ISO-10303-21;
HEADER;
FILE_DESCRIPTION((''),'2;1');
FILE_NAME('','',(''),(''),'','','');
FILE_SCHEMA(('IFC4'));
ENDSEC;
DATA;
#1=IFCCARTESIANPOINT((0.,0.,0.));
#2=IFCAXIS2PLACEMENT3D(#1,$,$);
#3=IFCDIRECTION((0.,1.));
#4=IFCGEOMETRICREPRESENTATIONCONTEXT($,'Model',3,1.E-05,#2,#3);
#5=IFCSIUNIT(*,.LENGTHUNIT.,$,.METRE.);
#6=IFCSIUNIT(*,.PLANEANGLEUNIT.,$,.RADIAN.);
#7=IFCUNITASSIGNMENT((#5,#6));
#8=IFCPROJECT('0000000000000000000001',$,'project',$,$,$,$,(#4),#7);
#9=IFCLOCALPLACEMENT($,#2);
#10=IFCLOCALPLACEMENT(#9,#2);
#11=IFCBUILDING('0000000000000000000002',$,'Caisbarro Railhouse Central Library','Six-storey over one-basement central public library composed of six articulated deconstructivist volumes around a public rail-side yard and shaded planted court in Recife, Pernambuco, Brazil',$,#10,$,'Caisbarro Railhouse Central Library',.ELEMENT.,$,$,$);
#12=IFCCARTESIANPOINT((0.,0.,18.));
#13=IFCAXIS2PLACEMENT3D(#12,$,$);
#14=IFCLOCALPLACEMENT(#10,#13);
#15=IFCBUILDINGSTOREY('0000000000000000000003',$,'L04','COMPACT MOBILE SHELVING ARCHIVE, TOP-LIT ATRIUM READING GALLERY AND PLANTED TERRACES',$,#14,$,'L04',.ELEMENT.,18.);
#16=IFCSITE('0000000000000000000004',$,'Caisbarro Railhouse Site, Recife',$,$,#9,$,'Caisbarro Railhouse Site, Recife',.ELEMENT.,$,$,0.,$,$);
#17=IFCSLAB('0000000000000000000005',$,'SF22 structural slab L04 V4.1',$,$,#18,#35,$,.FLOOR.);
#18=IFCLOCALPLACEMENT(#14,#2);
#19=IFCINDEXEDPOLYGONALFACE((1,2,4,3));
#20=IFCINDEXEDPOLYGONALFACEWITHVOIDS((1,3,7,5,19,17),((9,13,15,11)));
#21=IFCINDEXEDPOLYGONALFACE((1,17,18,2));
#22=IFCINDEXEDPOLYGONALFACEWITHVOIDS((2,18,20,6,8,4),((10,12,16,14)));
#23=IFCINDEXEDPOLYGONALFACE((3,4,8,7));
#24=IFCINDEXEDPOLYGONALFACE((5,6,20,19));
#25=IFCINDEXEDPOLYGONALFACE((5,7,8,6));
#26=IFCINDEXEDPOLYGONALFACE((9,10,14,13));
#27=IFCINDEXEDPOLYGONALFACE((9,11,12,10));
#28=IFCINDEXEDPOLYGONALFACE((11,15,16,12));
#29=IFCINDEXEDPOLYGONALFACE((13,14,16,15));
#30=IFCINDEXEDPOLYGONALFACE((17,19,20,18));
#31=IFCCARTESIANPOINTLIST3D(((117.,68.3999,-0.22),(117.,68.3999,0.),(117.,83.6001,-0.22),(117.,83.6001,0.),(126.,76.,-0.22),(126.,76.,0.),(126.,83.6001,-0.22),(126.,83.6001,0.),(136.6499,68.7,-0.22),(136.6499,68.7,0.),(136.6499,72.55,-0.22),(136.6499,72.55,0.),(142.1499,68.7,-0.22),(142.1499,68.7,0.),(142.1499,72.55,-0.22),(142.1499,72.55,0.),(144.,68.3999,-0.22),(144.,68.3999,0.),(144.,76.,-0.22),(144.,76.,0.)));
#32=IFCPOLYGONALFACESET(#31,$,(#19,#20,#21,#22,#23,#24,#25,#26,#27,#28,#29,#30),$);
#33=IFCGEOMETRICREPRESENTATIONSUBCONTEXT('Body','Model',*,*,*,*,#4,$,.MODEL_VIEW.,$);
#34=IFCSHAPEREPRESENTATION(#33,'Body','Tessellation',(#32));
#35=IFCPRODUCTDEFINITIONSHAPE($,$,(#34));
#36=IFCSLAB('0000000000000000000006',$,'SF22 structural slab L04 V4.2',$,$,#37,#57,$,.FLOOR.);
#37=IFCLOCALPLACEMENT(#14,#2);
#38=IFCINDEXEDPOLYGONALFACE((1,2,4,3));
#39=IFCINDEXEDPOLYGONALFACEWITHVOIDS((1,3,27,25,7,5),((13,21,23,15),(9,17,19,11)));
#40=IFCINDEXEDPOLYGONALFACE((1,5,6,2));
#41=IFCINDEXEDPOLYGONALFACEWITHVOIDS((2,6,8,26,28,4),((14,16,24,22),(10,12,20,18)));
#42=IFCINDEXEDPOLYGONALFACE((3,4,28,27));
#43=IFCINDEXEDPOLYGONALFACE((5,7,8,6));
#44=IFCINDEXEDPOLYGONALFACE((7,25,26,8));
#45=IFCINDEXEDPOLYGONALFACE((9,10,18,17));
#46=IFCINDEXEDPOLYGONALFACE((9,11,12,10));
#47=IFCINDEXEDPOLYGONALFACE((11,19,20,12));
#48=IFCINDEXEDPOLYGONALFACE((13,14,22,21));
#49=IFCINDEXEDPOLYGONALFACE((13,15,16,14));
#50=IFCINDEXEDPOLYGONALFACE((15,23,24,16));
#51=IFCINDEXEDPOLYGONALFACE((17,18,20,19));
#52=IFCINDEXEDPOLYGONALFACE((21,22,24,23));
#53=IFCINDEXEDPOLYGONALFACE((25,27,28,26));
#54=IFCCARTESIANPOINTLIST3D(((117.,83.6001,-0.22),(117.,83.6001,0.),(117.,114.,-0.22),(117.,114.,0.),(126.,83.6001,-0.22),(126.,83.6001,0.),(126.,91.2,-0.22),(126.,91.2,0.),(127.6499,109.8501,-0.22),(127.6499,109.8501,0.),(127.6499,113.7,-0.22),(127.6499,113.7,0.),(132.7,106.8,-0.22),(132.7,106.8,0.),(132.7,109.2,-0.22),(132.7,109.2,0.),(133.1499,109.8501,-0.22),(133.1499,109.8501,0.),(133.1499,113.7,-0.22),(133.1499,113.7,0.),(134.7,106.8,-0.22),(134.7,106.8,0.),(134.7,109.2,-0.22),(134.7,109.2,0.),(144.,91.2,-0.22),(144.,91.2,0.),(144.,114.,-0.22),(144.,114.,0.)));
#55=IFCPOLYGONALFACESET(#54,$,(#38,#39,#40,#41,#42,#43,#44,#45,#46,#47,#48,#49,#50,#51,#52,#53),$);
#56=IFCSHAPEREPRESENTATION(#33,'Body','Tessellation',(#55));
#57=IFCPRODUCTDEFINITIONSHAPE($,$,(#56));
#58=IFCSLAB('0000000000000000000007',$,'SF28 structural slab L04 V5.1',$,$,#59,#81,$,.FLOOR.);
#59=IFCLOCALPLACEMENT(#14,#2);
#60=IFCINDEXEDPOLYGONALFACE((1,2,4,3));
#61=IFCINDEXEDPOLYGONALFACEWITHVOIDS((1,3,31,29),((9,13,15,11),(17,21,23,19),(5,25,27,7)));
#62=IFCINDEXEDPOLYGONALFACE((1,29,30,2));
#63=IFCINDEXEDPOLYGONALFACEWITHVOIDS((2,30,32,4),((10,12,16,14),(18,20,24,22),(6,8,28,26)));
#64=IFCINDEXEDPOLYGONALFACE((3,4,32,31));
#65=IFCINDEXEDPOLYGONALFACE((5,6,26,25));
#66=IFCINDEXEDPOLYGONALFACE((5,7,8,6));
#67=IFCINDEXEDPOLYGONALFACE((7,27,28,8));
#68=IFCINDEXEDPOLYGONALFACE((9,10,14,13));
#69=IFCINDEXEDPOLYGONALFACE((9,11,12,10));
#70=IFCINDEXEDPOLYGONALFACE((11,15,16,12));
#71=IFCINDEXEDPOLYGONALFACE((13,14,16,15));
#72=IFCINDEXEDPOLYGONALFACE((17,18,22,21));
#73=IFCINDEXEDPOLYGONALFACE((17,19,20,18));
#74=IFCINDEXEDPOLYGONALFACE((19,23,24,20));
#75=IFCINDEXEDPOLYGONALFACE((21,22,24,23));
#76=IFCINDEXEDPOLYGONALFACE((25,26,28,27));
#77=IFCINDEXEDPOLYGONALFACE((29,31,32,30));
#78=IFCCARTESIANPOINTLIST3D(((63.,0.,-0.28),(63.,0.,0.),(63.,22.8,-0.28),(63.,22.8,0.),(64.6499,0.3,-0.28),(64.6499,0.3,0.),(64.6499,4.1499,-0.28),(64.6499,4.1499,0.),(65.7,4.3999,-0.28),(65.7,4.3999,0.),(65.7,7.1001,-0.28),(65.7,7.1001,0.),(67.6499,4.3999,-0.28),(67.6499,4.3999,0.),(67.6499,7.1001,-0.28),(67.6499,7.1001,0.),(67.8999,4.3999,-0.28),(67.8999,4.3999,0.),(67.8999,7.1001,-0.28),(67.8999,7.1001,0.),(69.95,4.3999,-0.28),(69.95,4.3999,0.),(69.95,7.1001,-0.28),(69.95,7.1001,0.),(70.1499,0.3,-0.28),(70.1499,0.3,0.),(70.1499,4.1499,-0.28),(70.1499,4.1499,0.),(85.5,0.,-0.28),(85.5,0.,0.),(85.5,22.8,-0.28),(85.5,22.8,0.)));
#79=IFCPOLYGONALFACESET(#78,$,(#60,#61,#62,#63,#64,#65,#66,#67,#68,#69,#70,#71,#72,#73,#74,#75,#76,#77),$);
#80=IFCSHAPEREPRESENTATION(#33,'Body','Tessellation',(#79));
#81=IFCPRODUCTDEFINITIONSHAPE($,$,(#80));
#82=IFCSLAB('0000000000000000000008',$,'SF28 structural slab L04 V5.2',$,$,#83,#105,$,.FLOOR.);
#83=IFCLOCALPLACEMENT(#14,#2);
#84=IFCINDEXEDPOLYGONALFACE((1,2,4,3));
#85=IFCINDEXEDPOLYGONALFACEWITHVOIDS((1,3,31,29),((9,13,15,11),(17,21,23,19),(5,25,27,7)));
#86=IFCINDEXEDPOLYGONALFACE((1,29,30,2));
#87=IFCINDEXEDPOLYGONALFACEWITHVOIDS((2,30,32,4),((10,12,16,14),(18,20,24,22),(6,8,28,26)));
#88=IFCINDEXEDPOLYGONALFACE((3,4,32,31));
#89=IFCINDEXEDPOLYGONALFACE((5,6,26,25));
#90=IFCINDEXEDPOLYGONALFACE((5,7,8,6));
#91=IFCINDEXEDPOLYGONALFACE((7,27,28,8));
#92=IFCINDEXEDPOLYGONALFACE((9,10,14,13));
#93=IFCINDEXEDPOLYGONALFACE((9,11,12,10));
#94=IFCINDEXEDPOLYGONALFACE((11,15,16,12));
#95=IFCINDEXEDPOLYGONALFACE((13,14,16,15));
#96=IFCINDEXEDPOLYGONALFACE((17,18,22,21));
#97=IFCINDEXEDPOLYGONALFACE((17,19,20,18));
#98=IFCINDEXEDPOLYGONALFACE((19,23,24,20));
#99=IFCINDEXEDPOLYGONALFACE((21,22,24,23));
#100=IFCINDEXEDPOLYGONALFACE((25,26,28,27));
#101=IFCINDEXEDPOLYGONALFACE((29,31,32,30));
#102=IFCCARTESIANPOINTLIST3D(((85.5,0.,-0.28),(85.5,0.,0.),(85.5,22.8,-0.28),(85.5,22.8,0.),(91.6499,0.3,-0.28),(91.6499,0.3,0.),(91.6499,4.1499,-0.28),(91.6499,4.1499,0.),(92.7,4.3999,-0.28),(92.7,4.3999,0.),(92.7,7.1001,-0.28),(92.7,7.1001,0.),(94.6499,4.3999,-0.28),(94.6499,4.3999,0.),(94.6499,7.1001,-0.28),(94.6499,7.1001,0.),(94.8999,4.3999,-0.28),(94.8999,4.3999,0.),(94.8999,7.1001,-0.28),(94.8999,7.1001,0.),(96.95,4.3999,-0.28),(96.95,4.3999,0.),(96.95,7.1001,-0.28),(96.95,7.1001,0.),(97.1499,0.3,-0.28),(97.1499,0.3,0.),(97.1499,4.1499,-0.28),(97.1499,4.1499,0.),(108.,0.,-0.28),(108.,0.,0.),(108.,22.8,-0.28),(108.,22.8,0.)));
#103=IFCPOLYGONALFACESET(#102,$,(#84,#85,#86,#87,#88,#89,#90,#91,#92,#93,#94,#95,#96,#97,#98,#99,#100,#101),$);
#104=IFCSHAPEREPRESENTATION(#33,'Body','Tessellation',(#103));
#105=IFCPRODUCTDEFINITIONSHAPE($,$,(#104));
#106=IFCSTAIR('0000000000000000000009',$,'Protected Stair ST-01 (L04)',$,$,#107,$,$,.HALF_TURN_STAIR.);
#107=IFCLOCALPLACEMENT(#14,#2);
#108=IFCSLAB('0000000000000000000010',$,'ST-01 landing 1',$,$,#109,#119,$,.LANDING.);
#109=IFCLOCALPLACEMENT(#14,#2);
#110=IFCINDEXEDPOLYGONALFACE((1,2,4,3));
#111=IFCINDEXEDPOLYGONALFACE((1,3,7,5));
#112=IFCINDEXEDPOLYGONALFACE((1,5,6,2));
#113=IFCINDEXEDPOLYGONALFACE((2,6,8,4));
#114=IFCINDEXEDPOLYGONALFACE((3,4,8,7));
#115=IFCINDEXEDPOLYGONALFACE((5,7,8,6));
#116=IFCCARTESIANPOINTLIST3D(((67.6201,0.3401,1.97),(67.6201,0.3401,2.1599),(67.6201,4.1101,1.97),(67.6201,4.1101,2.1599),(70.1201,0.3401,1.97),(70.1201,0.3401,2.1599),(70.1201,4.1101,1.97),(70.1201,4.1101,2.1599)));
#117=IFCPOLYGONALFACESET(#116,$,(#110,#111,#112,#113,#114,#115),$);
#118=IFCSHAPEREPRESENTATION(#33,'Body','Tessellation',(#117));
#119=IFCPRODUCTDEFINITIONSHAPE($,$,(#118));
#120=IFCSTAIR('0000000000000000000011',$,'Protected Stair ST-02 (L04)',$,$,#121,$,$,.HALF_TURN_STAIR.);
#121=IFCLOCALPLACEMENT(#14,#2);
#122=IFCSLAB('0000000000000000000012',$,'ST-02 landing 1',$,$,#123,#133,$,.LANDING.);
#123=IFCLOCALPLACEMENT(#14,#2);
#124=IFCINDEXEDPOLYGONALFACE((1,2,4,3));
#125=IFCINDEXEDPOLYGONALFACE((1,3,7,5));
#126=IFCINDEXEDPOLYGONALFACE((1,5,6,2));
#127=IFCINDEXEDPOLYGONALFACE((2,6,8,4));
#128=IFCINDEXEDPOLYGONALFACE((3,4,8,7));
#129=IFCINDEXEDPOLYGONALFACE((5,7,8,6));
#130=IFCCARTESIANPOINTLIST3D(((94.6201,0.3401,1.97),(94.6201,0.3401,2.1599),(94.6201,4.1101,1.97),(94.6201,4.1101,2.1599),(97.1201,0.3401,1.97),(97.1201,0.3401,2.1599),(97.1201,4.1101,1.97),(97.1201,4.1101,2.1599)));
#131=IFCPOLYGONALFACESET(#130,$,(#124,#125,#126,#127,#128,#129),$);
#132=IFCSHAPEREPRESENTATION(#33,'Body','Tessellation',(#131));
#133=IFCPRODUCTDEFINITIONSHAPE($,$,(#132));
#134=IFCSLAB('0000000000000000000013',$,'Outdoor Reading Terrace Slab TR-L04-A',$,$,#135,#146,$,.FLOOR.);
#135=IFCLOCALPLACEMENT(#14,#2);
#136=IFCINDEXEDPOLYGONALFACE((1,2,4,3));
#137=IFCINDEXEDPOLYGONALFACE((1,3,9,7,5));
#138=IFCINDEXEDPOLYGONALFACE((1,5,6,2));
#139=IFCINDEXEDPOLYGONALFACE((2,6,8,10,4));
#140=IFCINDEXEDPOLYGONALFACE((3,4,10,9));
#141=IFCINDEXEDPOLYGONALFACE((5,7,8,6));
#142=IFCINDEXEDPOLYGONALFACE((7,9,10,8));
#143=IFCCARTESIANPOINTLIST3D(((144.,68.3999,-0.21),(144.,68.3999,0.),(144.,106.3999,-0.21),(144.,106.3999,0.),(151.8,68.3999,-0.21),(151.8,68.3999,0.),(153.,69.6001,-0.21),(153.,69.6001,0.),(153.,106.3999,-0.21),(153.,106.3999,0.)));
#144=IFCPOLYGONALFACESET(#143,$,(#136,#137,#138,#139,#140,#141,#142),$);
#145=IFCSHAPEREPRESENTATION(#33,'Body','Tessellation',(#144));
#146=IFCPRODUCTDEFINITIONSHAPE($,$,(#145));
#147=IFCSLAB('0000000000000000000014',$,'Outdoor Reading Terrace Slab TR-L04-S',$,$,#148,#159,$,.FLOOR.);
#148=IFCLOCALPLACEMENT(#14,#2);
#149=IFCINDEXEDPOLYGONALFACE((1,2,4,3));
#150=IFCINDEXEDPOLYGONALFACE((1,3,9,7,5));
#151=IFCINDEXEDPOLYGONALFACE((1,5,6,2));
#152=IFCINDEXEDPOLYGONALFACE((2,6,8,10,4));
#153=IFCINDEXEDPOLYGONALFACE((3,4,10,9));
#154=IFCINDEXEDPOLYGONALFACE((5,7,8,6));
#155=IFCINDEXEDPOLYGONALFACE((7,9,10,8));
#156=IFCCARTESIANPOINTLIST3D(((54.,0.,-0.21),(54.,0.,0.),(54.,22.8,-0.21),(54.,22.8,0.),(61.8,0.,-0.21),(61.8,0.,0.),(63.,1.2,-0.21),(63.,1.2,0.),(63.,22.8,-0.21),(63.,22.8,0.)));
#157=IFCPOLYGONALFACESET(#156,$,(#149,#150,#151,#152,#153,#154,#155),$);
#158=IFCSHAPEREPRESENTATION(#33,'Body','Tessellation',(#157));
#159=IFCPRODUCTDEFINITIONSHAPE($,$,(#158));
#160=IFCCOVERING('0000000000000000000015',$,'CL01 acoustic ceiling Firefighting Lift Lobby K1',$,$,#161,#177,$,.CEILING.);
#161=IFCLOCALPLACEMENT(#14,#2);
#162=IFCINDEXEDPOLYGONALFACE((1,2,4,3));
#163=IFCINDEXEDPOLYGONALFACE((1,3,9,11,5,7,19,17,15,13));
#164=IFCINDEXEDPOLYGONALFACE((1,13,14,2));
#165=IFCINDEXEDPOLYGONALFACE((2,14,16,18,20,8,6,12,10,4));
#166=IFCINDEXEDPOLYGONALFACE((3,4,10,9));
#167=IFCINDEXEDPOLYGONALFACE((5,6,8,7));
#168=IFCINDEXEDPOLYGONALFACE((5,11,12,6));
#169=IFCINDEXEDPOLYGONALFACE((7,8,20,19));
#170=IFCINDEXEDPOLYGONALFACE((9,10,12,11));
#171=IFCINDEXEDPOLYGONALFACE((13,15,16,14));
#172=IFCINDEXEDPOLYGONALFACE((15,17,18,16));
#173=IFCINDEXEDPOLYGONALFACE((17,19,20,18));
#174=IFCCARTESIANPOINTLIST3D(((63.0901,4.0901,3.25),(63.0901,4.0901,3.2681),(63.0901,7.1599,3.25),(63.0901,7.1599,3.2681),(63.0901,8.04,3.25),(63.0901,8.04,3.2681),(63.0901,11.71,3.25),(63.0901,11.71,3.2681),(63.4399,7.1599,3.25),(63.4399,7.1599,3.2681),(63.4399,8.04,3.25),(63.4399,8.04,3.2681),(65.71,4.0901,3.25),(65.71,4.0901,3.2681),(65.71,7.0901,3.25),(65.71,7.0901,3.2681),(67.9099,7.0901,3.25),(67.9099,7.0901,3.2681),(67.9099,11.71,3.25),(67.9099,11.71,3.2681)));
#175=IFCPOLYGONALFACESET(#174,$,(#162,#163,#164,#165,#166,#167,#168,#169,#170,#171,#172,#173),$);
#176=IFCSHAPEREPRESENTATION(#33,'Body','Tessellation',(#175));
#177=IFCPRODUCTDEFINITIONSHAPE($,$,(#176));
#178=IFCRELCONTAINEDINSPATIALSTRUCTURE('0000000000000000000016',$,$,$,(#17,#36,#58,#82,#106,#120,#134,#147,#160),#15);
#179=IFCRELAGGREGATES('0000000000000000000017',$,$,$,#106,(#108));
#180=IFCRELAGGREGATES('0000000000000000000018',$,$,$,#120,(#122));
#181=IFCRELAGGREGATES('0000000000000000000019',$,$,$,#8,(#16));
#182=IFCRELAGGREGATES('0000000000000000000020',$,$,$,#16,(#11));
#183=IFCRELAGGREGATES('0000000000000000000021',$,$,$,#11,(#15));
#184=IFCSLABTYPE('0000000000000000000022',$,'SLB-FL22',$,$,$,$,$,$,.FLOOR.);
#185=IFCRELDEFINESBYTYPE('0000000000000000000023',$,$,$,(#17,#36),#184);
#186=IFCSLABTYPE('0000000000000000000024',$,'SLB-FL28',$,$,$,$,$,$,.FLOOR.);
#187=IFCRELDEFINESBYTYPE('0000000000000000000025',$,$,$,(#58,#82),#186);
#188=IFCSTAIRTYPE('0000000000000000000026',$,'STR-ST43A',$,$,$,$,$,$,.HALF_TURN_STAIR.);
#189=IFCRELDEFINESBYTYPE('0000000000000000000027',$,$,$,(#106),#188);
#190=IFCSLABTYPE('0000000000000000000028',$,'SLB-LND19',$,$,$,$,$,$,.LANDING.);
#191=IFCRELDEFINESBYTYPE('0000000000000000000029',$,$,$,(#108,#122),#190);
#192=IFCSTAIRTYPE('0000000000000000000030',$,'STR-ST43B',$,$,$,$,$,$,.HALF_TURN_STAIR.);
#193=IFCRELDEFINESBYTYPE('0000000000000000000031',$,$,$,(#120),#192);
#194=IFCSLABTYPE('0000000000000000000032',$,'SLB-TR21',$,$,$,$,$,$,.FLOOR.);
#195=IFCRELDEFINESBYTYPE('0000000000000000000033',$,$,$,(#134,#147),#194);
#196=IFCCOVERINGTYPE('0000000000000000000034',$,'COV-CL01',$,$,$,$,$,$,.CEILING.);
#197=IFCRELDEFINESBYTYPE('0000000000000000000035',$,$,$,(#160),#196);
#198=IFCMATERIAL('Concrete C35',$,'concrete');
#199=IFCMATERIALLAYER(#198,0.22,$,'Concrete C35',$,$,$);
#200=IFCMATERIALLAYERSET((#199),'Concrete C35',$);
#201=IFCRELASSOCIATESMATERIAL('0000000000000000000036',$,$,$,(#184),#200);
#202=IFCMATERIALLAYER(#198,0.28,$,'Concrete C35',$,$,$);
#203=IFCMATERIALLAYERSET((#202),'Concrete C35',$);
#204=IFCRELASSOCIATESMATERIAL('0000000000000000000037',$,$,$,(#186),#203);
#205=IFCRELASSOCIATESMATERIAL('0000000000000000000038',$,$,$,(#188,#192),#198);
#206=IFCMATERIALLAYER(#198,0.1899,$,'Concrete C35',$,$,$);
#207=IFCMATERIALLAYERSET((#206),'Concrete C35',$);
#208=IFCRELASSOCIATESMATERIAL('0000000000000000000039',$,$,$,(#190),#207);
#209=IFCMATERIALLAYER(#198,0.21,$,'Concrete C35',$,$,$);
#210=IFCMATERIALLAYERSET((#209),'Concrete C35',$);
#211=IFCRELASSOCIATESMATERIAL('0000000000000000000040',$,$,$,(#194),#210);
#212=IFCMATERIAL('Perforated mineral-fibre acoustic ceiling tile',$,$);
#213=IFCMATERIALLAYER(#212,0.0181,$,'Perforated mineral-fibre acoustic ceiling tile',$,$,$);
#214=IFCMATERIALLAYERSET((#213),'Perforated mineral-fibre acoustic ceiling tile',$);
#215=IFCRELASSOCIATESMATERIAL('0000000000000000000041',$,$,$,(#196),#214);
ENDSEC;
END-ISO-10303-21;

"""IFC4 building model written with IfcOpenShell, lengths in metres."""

from ifc_helpers import new_model, si_unit, direction, frame, origin, place, context, subcontext, project, spatial, polyline, outline, extrude, material, layer, layer_set, type_object, element, aggregate, save


model = new_model("IFC4")

# Units and contexts
model_context = context("Model", 3, precision=1e-05, world=origin(), true_north=direction((0.0, 1.0)))
body_context = subcontext(model_context, "Body", "Model", "MODEL_VIEW")
ifc_project = project(units=[si_unit("LENGTHUNIT", "METRE"), si_unit("PLANEANGLEUNIT", "RADIAN")], contexts=[model_context])

# Site, building, storey
site_placement = place(None, origin())
site = spatial("IfcSite", under=ifc_project, at=site_placement, Name="Caisbarro Railhouse Site, Recife", LongName="Caisbarro Railhouse Site, Recife", CompositionType="ELEMENT", RefElevation=0.0)
building_placement = place(site_placement, origin())
building = spatial("IfcBuilding", under=site, at=building_placement, Name="Caisbarro Railhouse Central Library", Description="Six-storey over one-basement central public library composed of six articulated deconstructivist volumes around a public rail-side yard and shaded planted court in Recife, Pernambuco, Brazil", LongName="Caisbarro Railhouse Central Library", CompositionType="ELEMENT")
storey_placement = place(building_placement, frame((0.0, 0.0, 18.0)))
storey = spatial("IfcBuildingStorey", under=building, at=storey_placement, Name="L04", Description="COMPACT MOBILE SHELVING ARCHIVE, TOP-LIT ATRIUM READING GALLERY AND PLANTED TERRACES", LongName="L04", CompositionType="ELEMENT", Elevation=18.0)

# Slabs
ifc_material_1 = material(Name="Concrete C35", Category="concrete")
ifc_layer_1 = layer(ifc_material_1, 0.22, Name="Concrete C35")
ifc_layer_set_1 = layer_set([ifc_layer_1], Name="Concrete C35")
slab_type_1 = type_object("IfcSlabType", Name="SLB-FL22", PredefinedType="FLOOR", material=ifc_layer_set_1)
slab_1_placement = place(storey_placement, frame((0.0, 0.0, -0.22)))
element("IfcSlab", 1, at=slab_1_placement, inside=storey, type_object=slab_type_1, Name="SF22 structural slab L04 V4.1", PredefinedType="FLOOR", context=body_context, shape_type="SweptSolid", body=[
    extrude(outline(polyline([(117.0, 68.3999), (144.0, 68.3999), (144.0, 83.6001), (144.0, 83.6001), (144.0, 76.0), (126.0, 76.0), (126.0, 83.6001), (117.0, 83.6001), (117.0, 68.3999)]), holes=[polyline([(136.6499, 68.7), (142.1499, 68.7), (142.1499, 72.55), (136.6499, 72.55), (136.6499, 68.7)])]), origin(), (0.0, 0.0, 1.0), 0.22),
])
slab_2_placement = place(storey_placement, frame((0.0, 0.0, -0.22)))
element("IfcSlab", 2, at=slab_2_placement, inside=storey, type_object=slab_type_1, Name="SF22 structural slab L04 V4.2", PredefinedType="FLOOR", context=body_context, shape_type="SweptSolid", body=[
    extrude(outline(polyline([(117.0, 83.6001), (126.0, 83.6001), (126.0, 91.2), (144.0, 91.2), (144.0, 83.6001), (144.0, 83.6001), (144.0, 114.0), (117.0, 114.0), (117.0, 83.6001)]), holes=[polyline([(127.6499, 109.8501), (133.1499, 109.8501), (133.1499, 113.7), (127.6499, 113.7), (127.6499, 109.8501)]), polyline([(132.7, 106.8), (134.7, 106.8), (134.7, 109.2), (132.7, 109.2), (132.7, 106.8)])]), origin(), (0.0, 0.0, 1.0), 0.22),
])
ifc_layer_2 = layer(ifc_material_1, 0.28, Name="Concrete C35")
ifc_layer_set_2 = layer_set([ifc_layer_2], Name="Concrete C35")
slab_type_2 = type_object("IfcSlabType", Name="SLB-FL28", PredefinedType="FLOOR", material=ifc_layer_set_2)
slab_3_placement = place(storey_placement, frame((0.0, 0.0, -0.28)))
element("IfcSlab", 3, at=slab_3_placement, inside=storey, type_object=slab_type_2, Name="SF28 structural slab L04 V5.1", PredefinedType="FLOOR", context=body_context, shape_type="SweptSolid", body=[
    extrude(outline(polyline([(63.0, 0.0), (85.5, 0.0), (85.5, 22.8), (63.0, 22.8), (63.0, 0.0)]), holes=[polyline([(64.6499, 0.3), (70.1499, 0.3), (70.1499, 4.1499), (64.6499, 4.1499), (64.6499, 0.3)]), polyline([(65.7, 4.3999), (67.6499, 4.3999), (67.6499, 7.1001), (65.7, 7.1001), (65.7, 4.3999)]), polyline([(67.8999, 4.3999), (69.95, 4.3999), (69.95, 7.1001), (67.8999, 7.1001), (67.8999, 4.3999)])]), origin(), (0.0, 0.0, 1.0), 0.28),
])
slab_4_placement = place(storey_placement, frame((0.0, 0.0, -0.28)))
element("IfcSlab", 4, at=slab_4_placement, inside=storey, type_object=slab_type_2, Name="SF28 structural slab L04 V5.2", PredefinedType="FLOOR", context=body_context, shape_type="SweptSolid", body=[
    extrude(outline(polyline([(85.5, 0.0), (108.0, 0.0), (108.0, 22.8), (85.5, 22.8), (85.5, 0.0)]), holes=[polyline([(91.6499, 0.3), (97.1499, 0.3), (97.1499, 4.1499), (91.6499, 4.1499), (91.6499, 0.3)]), polyline([(92.7, 4.3999), (94.6499, 4.3999), (94.6499, 7.1001), (92.7, 7.1001), (92.7, 4.3999)]), polyline([(94.8999, 4.3999), (96.95, 4.3999), (96.95, 7.1001), (94.8999, 7.1001), (94.8999, 4.3999)])]), origin(), (0.0, 0.0, 1.0), 0.28),
])

# Stairs, slabs
stair_type_1 = type_object("IfcStairType", Name="STR-ST43A", PredefinedType="HALF_TURN_STAIR", material=ifc_material_1)
stair_1_placement = place(storey_placement, origin())
stair_1 = element("IfcStair", 5, at=stair_1_placement, inside=storey, type_object=stair_type_1, Name="Protected Stair ST-01 (L04)", PredefinedType="HALF_TURN_STAIR")
ifc_layer_3 = layer(ifc_material_1, 0.1899, Name="Concrete C35")
ifc_layer_set_3 = layer_set([ifc_layer_3], Name="Concrete C35")
slab_type_3 = type_object("IfcSlabType", Name="SLB-LND19", PredefinedType="LANDING", material=ifc_layer_set_3)
slab_5_placement = place(storey_placement, frame((0.0, 0.0, 1.97)))
slab_5 = element("IfcSlab", 6, at=slab_5_placement, type_object=slab_type_3, Name="ST-01 landing 1", PredefinedType="LANDING", context=body_context, shape_type="SweptSolid", body=[
    extrude(outline(polyline([(67.6201, 0.3401), (70.1201, 0.3401), (70.1201, 4.1101), (67.6201, 4.1101), (67.6201, 0.3401)])), origin(), (0.0, 0.0, 1.0), 0.1899),
])
aggregate(stair_1, [slab_5])
stair_type_2 = type_object("IfcStairType", Name="STR-ST43B", PredefinedType="HALF_TURN_STAIR", material=ifc_material_1)
stair_2_placement = place(storey_placement, origin())
stair_2 = element("IfcStair", 7, at=stair_2_placement, inside=storey, type_object=stair_type_2, Name="Protected Stair ST-02 (L04)", PredefinedType="HALF_TURN_STAIR")
slab_6_placement = place(storey_placement, frame((0.0, 0.0, 1.97)))
slab_6 = element("IfcSlab", 8, at=slab_6_placement, type_object=slab_type_3, Name="ST-02 landing 1", PredefinedType="LANDING", context=body_context, shape_type="SweptSolid", body=[
    extrude(outline(polyline([(94.6201, 0.3401), (97.1201, 0.3401), (97.1201, 4.1101), (94.6201, 4.1101), (94.6201, 0.3401)])), origin(), (0.0, 0.0, 1.0), 0.1899),
])
aggregate(stair_2, [slab_6])

# Slabs
ifc_layer_4 = layer(ifc_material_1, 0.21, Name="Concrete C35")
ifc_layer_set_4 = layer_set([ifc_layer_4], Name="Concrete C35")
slab_type_4 = type_object("IfcSlabType", Name="SLB-TR21", PredefinedType="FLOOR", material=ifc_layer_set_4)
slab_7_placement = place(storey_placement, frame((0.0, 0.0, -0.21)))
element("IfcSlab", 9, at=slab_7_placement, inside=storey, type_object=slab_type_4, Name="Outdoor Reading Terrace Slab TR-L04-A", PredefinedType="FLOOR", context=body_context, shape_type="SweptSolid", body=[
    extrude(outline(polyline([(144.0, 68.3999), (151.8, 68.3999), (153.0, 69.6001), (153.0, 106.3999), (144.0, 106.3999), (144.0, 68.3999)])), origin(), (0.0, 0.0, 1.0), 0.21),
])
slab_8_placement = place(storey_placement, frame((0.0, 0.0, -0.21)))
element("IfcSlab", 10, at=slab_8_placement, inside=storey, type_object=slab_type_4, Name="Outdoor Reading Terrace Slab TR-L04-S", PredefinedType="FLOOR", context=body_context, shape_type="SweptSolid", body=[
    extrude(outline(polyline([(54.0, 0.0), (61.8, 0.0), (63.0, 1.2), (63.0, 22.8), (54.0, 22.8), (54.0, 0.0)])), origin(), (0.0, 0.0, 1.0), 0.21),
])

# Covering
ifc_material_2 = material(Name="Perforated mineral-fibre acoustic ceiling tile")
ifc_layer_5 = layer(ifc_material_2, 0.0181, Name="Perforated mineral-fibre acoustic ceiling tile")
ifc_layer_set_5 = layer_set([ifc_layer_5], Name="Perforated mineral-fibre acoustic ceiling tile")
covering_type_1 = type_object("IfcCoveringType", Name="COV-CL01", PredefinedType="CEILING", material=ifc_layer_set_5)
covering_1_placement = place(storey_placement, frame((0.0, 0.0, 3.25)))
element("IfcCovering", 11, at=covering_1_placement, inside=storey, type_object=covering_type_1, Name="CL01 acoustic ceiling Firefighting Lift Lobby K1", PredefinedType="CEILING", context=body_context, shape_type="SweptSolid", body=[
    extrude(outline(polyline([(63.0901, 7.1599), (63.4399, 7.1599), (63.4399, 8.04), (63.0901, 8.04), (63.0901, 11.71), (67.9099, 11.71), (67.9099, 7.0901), (65.71, 7.0901), (65.71, 4.0901), (63.0901, 4.0901), (63.0901, 7.1599)])), origin(), (0.0, 0.0, 1.0), 0.0181),
])

save(model, "model.ifc")
